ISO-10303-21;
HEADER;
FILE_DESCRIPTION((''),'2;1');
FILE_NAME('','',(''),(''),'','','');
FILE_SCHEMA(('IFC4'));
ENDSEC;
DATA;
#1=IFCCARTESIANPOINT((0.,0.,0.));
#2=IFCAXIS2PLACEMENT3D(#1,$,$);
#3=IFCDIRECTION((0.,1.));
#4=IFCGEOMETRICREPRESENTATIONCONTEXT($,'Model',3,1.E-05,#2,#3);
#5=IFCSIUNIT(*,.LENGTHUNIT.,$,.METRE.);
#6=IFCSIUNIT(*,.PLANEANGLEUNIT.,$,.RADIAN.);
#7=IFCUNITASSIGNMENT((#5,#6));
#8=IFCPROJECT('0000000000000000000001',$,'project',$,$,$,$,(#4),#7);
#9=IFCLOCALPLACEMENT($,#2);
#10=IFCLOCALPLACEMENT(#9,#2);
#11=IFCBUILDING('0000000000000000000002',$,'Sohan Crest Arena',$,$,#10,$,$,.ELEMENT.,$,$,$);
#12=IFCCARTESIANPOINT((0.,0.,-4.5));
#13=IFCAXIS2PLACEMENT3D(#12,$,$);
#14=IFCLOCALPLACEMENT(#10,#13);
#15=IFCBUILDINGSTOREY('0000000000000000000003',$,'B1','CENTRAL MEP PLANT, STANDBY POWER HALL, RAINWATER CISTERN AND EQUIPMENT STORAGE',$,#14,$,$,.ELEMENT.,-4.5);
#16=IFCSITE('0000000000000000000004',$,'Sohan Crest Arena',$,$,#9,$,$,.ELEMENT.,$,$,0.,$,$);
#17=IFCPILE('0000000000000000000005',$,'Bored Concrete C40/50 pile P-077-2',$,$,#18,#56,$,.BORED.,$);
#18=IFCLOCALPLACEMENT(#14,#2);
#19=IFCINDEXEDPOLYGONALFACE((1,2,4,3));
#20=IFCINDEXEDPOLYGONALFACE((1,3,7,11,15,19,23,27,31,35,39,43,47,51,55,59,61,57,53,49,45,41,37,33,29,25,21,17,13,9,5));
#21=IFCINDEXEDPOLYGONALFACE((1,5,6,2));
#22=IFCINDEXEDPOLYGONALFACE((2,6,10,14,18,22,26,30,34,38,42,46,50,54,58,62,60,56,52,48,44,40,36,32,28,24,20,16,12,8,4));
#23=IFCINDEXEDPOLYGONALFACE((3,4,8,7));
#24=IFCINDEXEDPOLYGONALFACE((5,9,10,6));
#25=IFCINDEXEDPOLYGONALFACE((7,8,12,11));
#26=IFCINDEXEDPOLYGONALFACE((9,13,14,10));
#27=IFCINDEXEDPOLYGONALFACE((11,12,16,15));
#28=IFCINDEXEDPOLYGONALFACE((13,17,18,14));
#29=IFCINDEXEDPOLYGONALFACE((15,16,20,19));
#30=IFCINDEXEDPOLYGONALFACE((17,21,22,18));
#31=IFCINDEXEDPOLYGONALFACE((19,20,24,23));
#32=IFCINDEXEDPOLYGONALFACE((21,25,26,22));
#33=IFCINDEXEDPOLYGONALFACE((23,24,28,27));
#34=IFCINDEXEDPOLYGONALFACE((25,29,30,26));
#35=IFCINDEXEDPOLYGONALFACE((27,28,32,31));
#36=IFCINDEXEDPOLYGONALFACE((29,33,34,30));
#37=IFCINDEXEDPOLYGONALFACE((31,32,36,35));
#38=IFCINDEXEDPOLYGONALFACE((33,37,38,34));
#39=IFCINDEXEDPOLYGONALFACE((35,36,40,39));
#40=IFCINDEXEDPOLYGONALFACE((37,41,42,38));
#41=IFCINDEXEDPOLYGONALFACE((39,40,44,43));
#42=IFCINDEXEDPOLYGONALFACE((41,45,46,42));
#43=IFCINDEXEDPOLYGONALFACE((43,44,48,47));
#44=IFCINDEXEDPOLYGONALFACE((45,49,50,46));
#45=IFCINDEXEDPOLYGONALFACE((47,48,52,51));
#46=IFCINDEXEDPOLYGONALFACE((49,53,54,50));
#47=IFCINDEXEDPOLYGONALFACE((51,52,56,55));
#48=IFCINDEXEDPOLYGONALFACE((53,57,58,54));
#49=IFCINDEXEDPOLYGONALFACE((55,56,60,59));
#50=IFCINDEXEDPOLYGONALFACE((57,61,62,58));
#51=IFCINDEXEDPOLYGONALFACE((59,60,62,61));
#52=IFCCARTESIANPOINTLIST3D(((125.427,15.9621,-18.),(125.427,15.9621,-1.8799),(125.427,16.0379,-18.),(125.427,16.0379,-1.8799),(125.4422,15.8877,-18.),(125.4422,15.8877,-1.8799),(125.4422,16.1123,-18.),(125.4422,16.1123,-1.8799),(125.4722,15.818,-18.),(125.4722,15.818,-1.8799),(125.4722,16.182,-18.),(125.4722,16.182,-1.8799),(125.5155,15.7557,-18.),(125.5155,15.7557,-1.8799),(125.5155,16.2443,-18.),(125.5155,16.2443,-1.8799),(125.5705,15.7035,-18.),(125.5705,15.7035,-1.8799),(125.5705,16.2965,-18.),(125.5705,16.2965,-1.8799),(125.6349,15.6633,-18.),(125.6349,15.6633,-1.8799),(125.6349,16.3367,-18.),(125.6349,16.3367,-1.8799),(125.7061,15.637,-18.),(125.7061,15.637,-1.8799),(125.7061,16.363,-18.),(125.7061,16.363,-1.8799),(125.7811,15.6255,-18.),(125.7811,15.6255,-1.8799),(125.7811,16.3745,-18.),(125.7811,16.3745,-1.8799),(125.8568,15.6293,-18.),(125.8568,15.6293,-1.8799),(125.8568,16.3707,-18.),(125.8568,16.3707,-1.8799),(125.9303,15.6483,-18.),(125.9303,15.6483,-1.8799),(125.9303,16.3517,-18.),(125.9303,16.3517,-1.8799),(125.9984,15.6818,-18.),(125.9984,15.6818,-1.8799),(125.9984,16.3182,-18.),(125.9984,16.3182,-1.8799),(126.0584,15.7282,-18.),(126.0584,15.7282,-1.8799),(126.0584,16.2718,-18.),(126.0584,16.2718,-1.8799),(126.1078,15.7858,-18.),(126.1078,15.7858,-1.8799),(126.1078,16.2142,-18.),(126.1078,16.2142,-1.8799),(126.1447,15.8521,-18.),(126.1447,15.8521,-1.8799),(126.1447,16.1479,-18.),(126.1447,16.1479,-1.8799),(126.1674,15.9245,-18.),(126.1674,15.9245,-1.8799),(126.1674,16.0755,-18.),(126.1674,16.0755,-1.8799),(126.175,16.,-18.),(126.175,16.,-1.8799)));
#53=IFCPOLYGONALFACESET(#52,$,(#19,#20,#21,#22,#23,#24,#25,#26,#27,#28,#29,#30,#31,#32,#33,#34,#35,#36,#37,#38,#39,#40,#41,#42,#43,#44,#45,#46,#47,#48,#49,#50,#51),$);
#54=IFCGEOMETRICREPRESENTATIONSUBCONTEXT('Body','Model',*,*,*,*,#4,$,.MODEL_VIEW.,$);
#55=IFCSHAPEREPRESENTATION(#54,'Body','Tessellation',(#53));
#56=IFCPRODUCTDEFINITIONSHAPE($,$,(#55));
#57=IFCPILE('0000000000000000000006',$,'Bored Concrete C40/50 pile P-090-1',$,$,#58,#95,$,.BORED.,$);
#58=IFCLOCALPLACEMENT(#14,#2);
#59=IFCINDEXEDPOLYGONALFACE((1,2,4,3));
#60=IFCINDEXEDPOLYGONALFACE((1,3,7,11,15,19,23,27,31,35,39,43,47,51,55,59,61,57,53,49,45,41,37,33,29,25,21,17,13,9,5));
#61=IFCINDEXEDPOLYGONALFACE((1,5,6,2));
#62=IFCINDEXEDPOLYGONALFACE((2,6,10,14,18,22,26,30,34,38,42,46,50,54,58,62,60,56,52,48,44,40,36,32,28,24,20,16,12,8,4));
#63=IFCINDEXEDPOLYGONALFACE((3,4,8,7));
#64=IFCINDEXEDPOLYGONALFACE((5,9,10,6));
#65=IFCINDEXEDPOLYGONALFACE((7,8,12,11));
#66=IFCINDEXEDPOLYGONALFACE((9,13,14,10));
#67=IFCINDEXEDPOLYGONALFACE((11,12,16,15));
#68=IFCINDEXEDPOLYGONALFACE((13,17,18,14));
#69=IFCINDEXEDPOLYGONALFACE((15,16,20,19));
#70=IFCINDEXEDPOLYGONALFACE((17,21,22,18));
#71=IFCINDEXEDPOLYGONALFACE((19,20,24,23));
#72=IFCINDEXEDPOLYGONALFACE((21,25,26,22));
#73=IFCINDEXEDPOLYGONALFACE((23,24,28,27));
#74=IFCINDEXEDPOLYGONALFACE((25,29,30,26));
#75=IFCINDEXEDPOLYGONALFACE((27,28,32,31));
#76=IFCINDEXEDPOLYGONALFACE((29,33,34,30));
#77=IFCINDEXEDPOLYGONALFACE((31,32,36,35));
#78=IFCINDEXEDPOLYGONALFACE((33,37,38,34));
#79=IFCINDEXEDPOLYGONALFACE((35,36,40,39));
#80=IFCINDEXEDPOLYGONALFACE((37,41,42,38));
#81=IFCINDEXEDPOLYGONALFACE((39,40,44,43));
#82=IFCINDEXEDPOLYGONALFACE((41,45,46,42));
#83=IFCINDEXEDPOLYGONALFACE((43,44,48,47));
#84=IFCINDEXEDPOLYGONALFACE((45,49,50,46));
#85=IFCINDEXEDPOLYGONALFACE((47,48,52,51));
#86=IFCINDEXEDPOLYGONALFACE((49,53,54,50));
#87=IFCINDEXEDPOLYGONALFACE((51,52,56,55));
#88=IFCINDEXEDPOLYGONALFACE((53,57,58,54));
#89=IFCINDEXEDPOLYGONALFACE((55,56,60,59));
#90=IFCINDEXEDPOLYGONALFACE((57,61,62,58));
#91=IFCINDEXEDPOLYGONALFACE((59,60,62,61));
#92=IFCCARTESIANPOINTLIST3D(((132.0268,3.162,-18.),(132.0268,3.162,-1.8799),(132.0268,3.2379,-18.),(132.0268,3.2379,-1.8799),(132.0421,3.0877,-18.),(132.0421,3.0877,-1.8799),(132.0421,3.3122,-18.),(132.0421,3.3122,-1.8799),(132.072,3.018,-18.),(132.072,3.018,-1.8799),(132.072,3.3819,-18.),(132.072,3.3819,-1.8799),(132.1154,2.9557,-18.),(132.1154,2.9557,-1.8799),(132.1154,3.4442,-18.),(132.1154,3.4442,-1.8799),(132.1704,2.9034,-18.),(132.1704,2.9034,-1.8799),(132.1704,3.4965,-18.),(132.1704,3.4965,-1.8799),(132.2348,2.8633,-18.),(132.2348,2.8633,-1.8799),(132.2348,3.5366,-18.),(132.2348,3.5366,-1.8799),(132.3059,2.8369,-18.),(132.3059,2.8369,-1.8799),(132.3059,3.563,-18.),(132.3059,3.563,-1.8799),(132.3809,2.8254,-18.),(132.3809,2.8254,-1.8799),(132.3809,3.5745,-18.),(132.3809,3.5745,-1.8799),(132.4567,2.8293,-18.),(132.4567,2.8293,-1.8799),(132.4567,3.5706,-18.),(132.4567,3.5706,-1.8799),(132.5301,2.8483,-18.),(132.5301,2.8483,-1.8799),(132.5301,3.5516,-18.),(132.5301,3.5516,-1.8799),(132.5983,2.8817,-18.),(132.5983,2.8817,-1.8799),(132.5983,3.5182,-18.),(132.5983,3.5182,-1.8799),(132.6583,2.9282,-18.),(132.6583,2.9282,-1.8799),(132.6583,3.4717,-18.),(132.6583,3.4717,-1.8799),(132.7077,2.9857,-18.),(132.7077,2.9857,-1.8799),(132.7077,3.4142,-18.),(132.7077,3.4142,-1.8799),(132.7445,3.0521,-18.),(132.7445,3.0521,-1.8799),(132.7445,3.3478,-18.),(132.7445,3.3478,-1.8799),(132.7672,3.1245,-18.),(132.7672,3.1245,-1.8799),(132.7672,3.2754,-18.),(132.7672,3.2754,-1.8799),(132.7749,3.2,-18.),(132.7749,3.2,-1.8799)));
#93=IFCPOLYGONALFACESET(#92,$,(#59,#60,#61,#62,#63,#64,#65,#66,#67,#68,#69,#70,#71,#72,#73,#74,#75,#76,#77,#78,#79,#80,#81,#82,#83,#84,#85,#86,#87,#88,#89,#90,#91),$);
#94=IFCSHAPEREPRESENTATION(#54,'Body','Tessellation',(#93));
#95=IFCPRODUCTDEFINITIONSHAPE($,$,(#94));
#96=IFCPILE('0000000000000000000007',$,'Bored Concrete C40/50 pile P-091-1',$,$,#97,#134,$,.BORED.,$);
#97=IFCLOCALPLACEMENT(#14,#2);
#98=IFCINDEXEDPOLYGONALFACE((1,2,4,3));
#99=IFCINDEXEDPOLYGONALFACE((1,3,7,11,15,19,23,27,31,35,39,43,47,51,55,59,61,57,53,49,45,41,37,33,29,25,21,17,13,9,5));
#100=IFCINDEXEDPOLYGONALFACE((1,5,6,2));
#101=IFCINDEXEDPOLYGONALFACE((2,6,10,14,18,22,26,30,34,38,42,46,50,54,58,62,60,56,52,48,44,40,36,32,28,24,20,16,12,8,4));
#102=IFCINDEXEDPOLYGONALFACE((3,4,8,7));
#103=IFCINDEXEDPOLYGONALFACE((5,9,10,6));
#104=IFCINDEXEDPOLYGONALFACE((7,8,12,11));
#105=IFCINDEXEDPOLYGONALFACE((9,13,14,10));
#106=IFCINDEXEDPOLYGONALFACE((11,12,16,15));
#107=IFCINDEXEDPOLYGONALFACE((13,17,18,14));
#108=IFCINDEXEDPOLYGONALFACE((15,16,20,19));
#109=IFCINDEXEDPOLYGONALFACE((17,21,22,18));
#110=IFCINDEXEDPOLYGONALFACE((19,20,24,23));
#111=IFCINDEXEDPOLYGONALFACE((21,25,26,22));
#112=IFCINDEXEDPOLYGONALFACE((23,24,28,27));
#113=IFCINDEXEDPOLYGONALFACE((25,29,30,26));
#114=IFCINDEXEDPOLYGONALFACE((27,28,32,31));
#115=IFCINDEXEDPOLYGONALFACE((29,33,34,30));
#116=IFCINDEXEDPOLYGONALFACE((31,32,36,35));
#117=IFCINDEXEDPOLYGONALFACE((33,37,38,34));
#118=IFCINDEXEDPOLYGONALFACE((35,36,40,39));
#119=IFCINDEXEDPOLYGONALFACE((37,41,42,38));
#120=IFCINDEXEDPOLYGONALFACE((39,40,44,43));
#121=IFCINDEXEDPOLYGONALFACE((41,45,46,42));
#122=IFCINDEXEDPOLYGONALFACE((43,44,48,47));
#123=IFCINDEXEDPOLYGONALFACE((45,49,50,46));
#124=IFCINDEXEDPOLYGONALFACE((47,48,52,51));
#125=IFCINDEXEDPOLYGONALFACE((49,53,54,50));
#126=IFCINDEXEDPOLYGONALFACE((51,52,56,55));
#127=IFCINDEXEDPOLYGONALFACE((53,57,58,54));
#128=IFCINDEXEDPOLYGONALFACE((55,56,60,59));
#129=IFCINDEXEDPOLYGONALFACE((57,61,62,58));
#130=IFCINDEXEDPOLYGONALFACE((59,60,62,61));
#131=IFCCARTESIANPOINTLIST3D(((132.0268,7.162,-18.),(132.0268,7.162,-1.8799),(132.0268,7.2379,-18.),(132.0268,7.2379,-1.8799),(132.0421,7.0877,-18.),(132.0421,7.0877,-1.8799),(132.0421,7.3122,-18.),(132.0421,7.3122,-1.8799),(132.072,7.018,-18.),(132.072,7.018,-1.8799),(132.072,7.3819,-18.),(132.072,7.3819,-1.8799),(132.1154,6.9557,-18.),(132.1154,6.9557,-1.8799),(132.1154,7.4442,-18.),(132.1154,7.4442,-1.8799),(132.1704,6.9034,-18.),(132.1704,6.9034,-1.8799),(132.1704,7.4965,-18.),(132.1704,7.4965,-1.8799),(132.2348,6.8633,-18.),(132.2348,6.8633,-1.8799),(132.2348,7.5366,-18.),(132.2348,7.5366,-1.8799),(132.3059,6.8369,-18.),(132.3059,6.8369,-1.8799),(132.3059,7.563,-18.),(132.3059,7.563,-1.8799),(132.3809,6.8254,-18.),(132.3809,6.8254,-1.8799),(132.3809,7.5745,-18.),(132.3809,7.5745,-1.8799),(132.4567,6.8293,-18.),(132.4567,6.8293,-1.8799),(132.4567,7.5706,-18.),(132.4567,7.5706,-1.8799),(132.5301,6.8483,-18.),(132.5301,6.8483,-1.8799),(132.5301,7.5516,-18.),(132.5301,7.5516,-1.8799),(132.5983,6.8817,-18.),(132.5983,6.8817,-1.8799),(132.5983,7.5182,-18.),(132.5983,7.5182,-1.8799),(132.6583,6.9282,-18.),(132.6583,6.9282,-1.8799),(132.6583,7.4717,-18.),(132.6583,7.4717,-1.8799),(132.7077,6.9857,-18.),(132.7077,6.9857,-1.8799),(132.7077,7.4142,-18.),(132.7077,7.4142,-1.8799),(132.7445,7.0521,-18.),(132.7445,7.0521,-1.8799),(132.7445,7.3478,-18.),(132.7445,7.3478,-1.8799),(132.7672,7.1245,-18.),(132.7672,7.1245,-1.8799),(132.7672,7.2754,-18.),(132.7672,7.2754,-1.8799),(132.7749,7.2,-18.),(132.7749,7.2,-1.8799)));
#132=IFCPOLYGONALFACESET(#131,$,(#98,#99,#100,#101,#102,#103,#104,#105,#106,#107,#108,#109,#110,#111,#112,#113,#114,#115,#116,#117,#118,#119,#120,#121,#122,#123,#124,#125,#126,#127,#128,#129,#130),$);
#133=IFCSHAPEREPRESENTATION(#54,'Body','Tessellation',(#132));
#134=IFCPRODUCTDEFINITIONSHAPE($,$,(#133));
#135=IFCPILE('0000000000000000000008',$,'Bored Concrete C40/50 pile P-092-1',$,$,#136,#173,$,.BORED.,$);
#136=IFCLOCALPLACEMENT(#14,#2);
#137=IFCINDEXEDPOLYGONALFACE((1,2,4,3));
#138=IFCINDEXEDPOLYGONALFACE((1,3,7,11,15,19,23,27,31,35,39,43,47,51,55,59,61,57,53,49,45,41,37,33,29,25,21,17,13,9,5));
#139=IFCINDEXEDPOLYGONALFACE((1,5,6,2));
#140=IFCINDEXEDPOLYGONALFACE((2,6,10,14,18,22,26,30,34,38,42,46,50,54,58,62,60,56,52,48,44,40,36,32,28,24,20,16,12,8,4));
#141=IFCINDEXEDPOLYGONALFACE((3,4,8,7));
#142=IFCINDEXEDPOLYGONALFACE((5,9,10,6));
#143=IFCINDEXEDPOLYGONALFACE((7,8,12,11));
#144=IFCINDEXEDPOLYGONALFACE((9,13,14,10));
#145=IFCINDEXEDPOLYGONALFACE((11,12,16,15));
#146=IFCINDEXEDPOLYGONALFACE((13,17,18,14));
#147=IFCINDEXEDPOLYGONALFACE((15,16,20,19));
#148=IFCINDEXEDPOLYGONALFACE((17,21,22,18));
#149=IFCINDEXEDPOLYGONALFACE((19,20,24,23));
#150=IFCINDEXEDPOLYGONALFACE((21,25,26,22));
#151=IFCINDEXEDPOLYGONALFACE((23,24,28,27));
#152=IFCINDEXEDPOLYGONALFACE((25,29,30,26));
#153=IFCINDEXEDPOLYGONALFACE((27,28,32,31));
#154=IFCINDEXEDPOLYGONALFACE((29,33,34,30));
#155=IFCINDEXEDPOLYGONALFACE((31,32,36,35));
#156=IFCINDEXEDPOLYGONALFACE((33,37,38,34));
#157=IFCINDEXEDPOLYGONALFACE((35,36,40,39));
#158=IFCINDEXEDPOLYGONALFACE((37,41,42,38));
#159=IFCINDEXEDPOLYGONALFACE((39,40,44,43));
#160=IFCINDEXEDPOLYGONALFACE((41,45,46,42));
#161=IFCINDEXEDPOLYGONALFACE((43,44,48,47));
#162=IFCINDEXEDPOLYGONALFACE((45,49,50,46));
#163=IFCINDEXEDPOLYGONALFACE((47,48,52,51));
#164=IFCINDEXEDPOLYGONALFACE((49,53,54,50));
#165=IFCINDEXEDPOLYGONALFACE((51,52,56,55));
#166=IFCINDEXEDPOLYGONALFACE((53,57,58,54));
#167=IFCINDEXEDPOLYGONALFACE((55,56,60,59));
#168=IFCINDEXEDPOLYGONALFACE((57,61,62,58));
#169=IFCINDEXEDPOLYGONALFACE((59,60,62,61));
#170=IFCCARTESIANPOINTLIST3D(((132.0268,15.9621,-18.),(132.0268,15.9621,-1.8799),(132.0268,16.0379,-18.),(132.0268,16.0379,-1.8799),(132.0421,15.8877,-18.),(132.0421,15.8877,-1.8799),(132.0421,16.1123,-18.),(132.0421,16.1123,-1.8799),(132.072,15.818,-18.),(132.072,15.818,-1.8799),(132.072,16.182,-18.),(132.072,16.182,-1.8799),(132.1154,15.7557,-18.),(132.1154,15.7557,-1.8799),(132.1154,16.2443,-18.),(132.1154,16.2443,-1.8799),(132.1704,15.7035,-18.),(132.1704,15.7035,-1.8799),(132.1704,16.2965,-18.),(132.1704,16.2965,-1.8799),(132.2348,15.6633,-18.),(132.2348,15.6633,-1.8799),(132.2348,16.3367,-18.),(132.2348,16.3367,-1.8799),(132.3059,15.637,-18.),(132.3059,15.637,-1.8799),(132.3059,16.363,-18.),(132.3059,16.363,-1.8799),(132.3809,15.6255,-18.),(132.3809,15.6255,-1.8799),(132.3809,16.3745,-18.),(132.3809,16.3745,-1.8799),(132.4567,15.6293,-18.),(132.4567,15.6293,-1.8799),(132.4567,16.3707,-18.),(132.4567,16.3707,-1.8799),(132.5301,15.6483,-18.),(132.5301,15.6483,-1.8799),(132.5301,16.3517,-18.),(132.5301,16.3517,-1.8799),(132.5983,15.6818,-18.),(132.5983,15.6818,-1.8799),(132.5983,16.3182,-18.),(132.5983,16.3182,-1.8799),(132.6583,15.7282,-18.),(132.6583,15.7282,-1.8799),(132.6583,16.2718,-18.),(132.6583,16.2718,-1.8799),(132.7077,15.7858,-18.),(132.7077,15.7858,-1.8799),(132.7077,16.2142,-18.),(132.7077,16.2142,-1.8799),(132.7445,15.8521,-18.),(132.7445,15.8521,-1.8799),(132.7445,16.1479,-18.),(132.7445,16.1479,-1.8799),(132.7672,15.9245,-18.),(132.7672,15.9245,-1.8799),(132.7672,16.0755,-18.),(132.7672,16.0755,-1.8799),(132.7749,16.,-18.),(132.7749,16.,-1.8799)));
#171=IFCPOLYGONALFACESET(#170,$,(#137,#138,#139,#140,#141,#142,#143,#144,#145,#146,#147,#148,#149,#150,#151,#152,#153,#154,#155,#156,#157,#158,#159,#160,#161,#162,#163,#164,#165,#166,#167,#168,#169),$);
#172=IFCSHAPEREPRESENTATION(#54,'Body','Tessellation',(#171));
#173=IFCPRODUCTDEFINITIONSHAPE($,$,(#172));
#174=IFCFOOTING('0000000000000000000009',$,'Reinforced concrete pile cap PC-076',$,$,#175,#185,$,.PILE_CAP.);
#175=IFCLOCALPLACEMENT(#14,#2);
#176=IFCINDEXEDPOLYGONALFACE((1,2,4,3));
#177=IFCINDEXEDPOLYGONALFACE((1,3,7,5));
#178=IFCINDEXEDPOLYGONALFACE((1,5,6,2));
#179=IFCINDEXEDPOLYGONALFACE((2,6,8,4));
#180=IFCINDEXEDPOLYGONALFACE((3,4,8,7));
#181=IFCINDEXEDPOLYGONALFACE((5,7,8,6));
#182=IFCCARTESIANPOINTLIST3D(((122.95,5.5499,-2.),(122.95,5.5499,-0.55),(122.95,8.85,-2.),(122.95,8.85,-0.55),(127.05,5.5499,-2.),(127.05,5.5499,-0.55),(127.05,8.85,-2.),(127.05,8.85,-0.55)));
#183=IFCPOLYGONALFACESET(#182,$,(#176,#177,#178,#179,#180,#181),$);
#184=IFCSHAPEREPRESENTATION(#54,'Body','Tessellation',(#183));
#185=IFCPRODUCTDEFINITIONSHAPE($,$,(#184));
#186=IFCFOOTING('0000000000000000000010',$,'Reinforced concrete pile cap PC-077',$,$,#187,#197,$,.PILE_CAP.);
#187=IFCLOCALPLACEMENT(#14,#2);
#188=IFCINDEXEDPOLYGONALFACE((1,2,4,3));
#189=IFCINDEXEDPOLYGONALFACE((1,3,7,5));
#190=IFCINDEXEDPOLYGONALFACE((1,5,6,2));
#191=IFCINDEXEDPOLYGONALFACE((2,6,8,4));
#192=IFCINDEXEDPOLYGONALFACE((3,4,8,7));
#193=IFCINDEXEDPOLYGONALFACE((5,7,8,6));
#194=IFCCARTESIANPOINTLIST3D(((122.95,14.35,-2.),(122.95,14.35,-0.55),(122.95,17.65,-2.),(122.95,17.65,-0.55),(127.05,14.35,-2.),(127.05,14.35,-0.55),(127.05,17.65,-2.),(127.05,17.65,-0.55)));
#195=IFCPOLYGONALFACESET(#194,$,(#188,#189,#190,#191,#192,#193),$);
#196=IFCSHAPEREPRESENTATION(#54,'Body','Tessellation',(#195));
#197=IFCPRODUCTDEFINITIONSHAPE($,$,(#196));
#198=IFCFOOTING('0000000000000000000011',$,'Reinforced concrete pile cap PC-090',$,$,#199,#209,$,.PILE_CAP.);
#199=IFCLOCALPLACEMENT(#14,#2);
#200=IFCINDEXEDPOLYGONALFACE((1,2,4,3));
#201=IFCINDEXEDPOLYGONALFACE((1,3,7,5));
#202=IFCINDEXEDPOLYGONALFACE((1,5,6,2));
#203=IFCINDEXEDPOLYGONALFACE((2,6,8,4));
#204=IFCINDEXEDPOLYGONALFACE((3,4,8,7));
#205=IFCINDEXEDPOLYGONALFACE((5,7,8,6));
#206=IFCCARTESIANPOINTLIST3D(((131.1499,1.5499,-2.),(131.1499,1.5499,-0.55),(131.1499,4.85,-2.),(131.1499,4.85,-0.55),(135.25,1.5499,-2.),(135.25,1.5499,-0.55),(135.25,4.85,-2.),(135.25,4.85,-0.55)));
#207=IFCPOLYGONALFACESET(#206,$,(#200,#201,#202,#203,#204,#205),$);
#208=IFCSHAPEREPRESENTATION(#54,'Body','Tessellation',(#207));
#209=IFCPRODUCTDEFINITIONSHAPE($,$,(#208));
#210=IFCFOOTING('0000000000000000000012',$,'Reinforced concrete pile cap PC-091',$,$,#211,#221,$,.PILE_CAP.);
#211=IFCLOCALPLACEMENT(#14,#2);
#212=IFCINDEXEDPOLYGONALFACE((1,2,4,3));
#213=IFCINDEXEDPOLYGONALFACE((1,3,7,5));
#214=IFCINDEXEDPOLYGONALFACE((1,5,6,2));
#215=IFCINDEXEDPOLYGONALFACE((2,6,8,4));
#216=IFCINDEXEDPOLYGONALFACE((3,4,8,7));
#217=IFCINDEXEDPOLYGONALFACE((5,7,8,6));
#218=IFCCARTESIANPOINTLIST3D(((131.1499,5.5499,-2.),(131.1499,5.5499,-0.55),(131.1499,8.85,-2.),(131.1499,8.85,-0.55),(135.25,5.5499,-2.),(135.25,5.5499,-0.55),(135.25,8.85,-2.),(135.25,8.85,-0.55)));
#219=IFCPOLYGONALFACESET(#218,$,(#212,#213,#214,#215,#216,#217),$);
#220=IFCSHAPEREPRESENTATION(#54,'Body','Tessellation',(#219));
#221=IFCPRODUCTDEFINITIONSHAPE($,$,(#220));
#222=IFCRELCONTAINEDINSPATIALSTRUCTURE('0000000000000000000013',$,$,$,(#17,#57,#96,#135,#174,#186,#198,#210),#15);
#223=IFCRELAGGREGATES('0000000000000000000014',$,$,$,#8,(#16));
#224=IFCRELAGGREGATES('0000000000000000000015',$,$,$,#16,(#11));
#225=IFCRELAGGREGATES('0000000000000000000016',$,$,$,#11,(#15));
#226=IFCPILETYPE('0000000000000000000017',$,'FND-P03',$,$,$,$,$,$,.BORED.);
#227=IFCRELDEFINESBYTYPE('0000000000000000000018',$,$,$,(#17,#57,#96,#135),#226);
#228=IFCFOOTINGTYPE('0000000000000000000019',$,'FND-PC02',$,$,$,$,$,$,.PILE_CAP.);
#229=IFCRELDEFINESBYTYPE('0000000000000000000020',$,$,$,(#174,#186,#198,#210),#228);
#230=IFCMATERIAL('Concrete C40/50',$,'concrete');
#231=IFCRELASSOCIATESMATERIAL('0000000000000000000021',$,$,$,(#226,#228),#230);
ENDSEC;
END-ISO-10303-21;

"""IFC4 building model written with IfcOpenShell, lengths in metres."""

from ifc_helpers import new_model, si_unit, direction, frame, origin, origin_2d, place, context, subcontext, project, spatial, rectangle, circle, extrude, material, material_profile, profile_set, type_object, element, save


model = new_model("IFC4")

# Units and contexts
model_context = context("Model", 3, precision=1e-05, world=origin(), true_north=direction((0.0, 1.0)))
body_context = subcontext(model_context, "Body", "Model", "MODEL_VIEW")
ifc_project = project(units=[si_unit("LENGTHUNIT", "METRE"), si_unit("PLANEANGLEUNIT", "RADIAN")], contexts=[model_context])

# Site, building, storey
site_placement = place(None, origin())
site = spatial("IfcSite", under=ifc_project, at=site_placement, Name="Sohan Crest Arena", CompositionType="ELEMENT", RefElevation=0.0)
building_placement = place(site_placement, origin())
building = spatial("IfcBuilding", under=site, at=building_placement, Name="Sohan Crest Arena", CompositionType="ELEMENT")
storey_placement = place(building_placement, frame((0.0, 0.0, -4.5)))
storey = spatial("IfcBuildingStorey", under=building, at=storey_placement, Name="B1", Description="CENTRAL MEP PLANT, STANDBY POWER HALL, RAINWATER CISTERN AND EQUIPMENT STORAGE", CompositionType="ELEMENT", Elevation=-4.5)

# Shared definitions
ifc_material_1 = material(Name="Concrete C40/50", Category="concrete")

# Piles
ifc_material_profile_1 = material_profile(ifc_material_1, circle(Radius=0.375, at=origin_2d()), Name="PILE D750")
ifc_profile_set_1 = profile_set([ifc_material_profile_1], Name="Concrete C40/50")
pile_type = type_object("IfcPileType", Name="FND-P03", PredefinedType="BORED", material=ifc_profile_set_1)
for number, where, z_axis, x_axis, name in (
    (1, (125.8, 16.0, -18.0), (0.0, 0.0, 1.0), (1.0, 0.0, 0.0), "Bored Concrete C40/50 pile P-077-2"),
    (2, (132.3999, 3.2, -18.0), (0.0, 0.0, 1.0), (1.0, 0.0, 0.0), "Bored Concrete C40/50 pile P-090-1"),
    (3, (132.3999, 7.2, -18.0), (0.0, 0.0, 1.0), (1.0, 0.0, 0.0), "Bored Concrete C40/50 pile P-091-1"),
    (4, (132.3999, 16.0, -18.0), (0.0, 0.0, 1.0), (1.0, 0.0, 0.0), "Bored Concrete C40/50 pile P-092-1"),
):
    element("IfcPile", number, at=place(storey_placement, frame(where, z_axis=z_axis, x_axis=x_axis)), inside=storey, type_object=pile_type, Name=name, PredefinedType="BORED", context=body_context, shape_type="SweptSolid", body=[
        extrude(circle(Radius=0.375, at=origin_2d()), origin(), (0.0, 0.0, 1.0), 16.1201),
    ])

# Footings
footing_type_1 = type_object("IfcFootingType", Name="FND-PC02", PredefinedType="PILE_CAP", material=ifc_material_1)
for number, where, z_axis, x_axis, name in (
    (5, (125.0, 7.2, -2.0), (0.0, 0.0, 1.0), (1.0, 0.0, 0.0), "Reinforced concrete pile cap PC-076"),
    (6, (125.0, 16.0, -2.0), (0.0, 0.0, 1.0), (1.0, 0.0, 0.0), "Reinforced concrete pile cap PC-077"),
    (7, (133.2, 3.2, -2.0), (0.0, 0.0, 1.0), (1.0, 0.0, 0.0), "Reinforced concrete pile cap PC-090"),
    (8, (133.2, 7.2, -2.0), (0.0, 0.0, 1.0), (1.0, 0.0, 0.0), "Reinforced concrete pile cap PC-091"),
):
    element("IfcFooting", number, at=place(storey_placement, frame(where, z_axis=z_axis, x_axis=x_axis)), inside=storey, type_object=footing_type_1, Name=name, PredefinedType="PILE_CAP", context=body_context, shape_type="SweptSolid", body=[
        extrude(rectangle(XDim=4.1001, YDim=3.3, at=origin_2d()), origin(), (0.0, 0.0, 1.0), 1.45),
    ])

save(model, "model.ifc")
